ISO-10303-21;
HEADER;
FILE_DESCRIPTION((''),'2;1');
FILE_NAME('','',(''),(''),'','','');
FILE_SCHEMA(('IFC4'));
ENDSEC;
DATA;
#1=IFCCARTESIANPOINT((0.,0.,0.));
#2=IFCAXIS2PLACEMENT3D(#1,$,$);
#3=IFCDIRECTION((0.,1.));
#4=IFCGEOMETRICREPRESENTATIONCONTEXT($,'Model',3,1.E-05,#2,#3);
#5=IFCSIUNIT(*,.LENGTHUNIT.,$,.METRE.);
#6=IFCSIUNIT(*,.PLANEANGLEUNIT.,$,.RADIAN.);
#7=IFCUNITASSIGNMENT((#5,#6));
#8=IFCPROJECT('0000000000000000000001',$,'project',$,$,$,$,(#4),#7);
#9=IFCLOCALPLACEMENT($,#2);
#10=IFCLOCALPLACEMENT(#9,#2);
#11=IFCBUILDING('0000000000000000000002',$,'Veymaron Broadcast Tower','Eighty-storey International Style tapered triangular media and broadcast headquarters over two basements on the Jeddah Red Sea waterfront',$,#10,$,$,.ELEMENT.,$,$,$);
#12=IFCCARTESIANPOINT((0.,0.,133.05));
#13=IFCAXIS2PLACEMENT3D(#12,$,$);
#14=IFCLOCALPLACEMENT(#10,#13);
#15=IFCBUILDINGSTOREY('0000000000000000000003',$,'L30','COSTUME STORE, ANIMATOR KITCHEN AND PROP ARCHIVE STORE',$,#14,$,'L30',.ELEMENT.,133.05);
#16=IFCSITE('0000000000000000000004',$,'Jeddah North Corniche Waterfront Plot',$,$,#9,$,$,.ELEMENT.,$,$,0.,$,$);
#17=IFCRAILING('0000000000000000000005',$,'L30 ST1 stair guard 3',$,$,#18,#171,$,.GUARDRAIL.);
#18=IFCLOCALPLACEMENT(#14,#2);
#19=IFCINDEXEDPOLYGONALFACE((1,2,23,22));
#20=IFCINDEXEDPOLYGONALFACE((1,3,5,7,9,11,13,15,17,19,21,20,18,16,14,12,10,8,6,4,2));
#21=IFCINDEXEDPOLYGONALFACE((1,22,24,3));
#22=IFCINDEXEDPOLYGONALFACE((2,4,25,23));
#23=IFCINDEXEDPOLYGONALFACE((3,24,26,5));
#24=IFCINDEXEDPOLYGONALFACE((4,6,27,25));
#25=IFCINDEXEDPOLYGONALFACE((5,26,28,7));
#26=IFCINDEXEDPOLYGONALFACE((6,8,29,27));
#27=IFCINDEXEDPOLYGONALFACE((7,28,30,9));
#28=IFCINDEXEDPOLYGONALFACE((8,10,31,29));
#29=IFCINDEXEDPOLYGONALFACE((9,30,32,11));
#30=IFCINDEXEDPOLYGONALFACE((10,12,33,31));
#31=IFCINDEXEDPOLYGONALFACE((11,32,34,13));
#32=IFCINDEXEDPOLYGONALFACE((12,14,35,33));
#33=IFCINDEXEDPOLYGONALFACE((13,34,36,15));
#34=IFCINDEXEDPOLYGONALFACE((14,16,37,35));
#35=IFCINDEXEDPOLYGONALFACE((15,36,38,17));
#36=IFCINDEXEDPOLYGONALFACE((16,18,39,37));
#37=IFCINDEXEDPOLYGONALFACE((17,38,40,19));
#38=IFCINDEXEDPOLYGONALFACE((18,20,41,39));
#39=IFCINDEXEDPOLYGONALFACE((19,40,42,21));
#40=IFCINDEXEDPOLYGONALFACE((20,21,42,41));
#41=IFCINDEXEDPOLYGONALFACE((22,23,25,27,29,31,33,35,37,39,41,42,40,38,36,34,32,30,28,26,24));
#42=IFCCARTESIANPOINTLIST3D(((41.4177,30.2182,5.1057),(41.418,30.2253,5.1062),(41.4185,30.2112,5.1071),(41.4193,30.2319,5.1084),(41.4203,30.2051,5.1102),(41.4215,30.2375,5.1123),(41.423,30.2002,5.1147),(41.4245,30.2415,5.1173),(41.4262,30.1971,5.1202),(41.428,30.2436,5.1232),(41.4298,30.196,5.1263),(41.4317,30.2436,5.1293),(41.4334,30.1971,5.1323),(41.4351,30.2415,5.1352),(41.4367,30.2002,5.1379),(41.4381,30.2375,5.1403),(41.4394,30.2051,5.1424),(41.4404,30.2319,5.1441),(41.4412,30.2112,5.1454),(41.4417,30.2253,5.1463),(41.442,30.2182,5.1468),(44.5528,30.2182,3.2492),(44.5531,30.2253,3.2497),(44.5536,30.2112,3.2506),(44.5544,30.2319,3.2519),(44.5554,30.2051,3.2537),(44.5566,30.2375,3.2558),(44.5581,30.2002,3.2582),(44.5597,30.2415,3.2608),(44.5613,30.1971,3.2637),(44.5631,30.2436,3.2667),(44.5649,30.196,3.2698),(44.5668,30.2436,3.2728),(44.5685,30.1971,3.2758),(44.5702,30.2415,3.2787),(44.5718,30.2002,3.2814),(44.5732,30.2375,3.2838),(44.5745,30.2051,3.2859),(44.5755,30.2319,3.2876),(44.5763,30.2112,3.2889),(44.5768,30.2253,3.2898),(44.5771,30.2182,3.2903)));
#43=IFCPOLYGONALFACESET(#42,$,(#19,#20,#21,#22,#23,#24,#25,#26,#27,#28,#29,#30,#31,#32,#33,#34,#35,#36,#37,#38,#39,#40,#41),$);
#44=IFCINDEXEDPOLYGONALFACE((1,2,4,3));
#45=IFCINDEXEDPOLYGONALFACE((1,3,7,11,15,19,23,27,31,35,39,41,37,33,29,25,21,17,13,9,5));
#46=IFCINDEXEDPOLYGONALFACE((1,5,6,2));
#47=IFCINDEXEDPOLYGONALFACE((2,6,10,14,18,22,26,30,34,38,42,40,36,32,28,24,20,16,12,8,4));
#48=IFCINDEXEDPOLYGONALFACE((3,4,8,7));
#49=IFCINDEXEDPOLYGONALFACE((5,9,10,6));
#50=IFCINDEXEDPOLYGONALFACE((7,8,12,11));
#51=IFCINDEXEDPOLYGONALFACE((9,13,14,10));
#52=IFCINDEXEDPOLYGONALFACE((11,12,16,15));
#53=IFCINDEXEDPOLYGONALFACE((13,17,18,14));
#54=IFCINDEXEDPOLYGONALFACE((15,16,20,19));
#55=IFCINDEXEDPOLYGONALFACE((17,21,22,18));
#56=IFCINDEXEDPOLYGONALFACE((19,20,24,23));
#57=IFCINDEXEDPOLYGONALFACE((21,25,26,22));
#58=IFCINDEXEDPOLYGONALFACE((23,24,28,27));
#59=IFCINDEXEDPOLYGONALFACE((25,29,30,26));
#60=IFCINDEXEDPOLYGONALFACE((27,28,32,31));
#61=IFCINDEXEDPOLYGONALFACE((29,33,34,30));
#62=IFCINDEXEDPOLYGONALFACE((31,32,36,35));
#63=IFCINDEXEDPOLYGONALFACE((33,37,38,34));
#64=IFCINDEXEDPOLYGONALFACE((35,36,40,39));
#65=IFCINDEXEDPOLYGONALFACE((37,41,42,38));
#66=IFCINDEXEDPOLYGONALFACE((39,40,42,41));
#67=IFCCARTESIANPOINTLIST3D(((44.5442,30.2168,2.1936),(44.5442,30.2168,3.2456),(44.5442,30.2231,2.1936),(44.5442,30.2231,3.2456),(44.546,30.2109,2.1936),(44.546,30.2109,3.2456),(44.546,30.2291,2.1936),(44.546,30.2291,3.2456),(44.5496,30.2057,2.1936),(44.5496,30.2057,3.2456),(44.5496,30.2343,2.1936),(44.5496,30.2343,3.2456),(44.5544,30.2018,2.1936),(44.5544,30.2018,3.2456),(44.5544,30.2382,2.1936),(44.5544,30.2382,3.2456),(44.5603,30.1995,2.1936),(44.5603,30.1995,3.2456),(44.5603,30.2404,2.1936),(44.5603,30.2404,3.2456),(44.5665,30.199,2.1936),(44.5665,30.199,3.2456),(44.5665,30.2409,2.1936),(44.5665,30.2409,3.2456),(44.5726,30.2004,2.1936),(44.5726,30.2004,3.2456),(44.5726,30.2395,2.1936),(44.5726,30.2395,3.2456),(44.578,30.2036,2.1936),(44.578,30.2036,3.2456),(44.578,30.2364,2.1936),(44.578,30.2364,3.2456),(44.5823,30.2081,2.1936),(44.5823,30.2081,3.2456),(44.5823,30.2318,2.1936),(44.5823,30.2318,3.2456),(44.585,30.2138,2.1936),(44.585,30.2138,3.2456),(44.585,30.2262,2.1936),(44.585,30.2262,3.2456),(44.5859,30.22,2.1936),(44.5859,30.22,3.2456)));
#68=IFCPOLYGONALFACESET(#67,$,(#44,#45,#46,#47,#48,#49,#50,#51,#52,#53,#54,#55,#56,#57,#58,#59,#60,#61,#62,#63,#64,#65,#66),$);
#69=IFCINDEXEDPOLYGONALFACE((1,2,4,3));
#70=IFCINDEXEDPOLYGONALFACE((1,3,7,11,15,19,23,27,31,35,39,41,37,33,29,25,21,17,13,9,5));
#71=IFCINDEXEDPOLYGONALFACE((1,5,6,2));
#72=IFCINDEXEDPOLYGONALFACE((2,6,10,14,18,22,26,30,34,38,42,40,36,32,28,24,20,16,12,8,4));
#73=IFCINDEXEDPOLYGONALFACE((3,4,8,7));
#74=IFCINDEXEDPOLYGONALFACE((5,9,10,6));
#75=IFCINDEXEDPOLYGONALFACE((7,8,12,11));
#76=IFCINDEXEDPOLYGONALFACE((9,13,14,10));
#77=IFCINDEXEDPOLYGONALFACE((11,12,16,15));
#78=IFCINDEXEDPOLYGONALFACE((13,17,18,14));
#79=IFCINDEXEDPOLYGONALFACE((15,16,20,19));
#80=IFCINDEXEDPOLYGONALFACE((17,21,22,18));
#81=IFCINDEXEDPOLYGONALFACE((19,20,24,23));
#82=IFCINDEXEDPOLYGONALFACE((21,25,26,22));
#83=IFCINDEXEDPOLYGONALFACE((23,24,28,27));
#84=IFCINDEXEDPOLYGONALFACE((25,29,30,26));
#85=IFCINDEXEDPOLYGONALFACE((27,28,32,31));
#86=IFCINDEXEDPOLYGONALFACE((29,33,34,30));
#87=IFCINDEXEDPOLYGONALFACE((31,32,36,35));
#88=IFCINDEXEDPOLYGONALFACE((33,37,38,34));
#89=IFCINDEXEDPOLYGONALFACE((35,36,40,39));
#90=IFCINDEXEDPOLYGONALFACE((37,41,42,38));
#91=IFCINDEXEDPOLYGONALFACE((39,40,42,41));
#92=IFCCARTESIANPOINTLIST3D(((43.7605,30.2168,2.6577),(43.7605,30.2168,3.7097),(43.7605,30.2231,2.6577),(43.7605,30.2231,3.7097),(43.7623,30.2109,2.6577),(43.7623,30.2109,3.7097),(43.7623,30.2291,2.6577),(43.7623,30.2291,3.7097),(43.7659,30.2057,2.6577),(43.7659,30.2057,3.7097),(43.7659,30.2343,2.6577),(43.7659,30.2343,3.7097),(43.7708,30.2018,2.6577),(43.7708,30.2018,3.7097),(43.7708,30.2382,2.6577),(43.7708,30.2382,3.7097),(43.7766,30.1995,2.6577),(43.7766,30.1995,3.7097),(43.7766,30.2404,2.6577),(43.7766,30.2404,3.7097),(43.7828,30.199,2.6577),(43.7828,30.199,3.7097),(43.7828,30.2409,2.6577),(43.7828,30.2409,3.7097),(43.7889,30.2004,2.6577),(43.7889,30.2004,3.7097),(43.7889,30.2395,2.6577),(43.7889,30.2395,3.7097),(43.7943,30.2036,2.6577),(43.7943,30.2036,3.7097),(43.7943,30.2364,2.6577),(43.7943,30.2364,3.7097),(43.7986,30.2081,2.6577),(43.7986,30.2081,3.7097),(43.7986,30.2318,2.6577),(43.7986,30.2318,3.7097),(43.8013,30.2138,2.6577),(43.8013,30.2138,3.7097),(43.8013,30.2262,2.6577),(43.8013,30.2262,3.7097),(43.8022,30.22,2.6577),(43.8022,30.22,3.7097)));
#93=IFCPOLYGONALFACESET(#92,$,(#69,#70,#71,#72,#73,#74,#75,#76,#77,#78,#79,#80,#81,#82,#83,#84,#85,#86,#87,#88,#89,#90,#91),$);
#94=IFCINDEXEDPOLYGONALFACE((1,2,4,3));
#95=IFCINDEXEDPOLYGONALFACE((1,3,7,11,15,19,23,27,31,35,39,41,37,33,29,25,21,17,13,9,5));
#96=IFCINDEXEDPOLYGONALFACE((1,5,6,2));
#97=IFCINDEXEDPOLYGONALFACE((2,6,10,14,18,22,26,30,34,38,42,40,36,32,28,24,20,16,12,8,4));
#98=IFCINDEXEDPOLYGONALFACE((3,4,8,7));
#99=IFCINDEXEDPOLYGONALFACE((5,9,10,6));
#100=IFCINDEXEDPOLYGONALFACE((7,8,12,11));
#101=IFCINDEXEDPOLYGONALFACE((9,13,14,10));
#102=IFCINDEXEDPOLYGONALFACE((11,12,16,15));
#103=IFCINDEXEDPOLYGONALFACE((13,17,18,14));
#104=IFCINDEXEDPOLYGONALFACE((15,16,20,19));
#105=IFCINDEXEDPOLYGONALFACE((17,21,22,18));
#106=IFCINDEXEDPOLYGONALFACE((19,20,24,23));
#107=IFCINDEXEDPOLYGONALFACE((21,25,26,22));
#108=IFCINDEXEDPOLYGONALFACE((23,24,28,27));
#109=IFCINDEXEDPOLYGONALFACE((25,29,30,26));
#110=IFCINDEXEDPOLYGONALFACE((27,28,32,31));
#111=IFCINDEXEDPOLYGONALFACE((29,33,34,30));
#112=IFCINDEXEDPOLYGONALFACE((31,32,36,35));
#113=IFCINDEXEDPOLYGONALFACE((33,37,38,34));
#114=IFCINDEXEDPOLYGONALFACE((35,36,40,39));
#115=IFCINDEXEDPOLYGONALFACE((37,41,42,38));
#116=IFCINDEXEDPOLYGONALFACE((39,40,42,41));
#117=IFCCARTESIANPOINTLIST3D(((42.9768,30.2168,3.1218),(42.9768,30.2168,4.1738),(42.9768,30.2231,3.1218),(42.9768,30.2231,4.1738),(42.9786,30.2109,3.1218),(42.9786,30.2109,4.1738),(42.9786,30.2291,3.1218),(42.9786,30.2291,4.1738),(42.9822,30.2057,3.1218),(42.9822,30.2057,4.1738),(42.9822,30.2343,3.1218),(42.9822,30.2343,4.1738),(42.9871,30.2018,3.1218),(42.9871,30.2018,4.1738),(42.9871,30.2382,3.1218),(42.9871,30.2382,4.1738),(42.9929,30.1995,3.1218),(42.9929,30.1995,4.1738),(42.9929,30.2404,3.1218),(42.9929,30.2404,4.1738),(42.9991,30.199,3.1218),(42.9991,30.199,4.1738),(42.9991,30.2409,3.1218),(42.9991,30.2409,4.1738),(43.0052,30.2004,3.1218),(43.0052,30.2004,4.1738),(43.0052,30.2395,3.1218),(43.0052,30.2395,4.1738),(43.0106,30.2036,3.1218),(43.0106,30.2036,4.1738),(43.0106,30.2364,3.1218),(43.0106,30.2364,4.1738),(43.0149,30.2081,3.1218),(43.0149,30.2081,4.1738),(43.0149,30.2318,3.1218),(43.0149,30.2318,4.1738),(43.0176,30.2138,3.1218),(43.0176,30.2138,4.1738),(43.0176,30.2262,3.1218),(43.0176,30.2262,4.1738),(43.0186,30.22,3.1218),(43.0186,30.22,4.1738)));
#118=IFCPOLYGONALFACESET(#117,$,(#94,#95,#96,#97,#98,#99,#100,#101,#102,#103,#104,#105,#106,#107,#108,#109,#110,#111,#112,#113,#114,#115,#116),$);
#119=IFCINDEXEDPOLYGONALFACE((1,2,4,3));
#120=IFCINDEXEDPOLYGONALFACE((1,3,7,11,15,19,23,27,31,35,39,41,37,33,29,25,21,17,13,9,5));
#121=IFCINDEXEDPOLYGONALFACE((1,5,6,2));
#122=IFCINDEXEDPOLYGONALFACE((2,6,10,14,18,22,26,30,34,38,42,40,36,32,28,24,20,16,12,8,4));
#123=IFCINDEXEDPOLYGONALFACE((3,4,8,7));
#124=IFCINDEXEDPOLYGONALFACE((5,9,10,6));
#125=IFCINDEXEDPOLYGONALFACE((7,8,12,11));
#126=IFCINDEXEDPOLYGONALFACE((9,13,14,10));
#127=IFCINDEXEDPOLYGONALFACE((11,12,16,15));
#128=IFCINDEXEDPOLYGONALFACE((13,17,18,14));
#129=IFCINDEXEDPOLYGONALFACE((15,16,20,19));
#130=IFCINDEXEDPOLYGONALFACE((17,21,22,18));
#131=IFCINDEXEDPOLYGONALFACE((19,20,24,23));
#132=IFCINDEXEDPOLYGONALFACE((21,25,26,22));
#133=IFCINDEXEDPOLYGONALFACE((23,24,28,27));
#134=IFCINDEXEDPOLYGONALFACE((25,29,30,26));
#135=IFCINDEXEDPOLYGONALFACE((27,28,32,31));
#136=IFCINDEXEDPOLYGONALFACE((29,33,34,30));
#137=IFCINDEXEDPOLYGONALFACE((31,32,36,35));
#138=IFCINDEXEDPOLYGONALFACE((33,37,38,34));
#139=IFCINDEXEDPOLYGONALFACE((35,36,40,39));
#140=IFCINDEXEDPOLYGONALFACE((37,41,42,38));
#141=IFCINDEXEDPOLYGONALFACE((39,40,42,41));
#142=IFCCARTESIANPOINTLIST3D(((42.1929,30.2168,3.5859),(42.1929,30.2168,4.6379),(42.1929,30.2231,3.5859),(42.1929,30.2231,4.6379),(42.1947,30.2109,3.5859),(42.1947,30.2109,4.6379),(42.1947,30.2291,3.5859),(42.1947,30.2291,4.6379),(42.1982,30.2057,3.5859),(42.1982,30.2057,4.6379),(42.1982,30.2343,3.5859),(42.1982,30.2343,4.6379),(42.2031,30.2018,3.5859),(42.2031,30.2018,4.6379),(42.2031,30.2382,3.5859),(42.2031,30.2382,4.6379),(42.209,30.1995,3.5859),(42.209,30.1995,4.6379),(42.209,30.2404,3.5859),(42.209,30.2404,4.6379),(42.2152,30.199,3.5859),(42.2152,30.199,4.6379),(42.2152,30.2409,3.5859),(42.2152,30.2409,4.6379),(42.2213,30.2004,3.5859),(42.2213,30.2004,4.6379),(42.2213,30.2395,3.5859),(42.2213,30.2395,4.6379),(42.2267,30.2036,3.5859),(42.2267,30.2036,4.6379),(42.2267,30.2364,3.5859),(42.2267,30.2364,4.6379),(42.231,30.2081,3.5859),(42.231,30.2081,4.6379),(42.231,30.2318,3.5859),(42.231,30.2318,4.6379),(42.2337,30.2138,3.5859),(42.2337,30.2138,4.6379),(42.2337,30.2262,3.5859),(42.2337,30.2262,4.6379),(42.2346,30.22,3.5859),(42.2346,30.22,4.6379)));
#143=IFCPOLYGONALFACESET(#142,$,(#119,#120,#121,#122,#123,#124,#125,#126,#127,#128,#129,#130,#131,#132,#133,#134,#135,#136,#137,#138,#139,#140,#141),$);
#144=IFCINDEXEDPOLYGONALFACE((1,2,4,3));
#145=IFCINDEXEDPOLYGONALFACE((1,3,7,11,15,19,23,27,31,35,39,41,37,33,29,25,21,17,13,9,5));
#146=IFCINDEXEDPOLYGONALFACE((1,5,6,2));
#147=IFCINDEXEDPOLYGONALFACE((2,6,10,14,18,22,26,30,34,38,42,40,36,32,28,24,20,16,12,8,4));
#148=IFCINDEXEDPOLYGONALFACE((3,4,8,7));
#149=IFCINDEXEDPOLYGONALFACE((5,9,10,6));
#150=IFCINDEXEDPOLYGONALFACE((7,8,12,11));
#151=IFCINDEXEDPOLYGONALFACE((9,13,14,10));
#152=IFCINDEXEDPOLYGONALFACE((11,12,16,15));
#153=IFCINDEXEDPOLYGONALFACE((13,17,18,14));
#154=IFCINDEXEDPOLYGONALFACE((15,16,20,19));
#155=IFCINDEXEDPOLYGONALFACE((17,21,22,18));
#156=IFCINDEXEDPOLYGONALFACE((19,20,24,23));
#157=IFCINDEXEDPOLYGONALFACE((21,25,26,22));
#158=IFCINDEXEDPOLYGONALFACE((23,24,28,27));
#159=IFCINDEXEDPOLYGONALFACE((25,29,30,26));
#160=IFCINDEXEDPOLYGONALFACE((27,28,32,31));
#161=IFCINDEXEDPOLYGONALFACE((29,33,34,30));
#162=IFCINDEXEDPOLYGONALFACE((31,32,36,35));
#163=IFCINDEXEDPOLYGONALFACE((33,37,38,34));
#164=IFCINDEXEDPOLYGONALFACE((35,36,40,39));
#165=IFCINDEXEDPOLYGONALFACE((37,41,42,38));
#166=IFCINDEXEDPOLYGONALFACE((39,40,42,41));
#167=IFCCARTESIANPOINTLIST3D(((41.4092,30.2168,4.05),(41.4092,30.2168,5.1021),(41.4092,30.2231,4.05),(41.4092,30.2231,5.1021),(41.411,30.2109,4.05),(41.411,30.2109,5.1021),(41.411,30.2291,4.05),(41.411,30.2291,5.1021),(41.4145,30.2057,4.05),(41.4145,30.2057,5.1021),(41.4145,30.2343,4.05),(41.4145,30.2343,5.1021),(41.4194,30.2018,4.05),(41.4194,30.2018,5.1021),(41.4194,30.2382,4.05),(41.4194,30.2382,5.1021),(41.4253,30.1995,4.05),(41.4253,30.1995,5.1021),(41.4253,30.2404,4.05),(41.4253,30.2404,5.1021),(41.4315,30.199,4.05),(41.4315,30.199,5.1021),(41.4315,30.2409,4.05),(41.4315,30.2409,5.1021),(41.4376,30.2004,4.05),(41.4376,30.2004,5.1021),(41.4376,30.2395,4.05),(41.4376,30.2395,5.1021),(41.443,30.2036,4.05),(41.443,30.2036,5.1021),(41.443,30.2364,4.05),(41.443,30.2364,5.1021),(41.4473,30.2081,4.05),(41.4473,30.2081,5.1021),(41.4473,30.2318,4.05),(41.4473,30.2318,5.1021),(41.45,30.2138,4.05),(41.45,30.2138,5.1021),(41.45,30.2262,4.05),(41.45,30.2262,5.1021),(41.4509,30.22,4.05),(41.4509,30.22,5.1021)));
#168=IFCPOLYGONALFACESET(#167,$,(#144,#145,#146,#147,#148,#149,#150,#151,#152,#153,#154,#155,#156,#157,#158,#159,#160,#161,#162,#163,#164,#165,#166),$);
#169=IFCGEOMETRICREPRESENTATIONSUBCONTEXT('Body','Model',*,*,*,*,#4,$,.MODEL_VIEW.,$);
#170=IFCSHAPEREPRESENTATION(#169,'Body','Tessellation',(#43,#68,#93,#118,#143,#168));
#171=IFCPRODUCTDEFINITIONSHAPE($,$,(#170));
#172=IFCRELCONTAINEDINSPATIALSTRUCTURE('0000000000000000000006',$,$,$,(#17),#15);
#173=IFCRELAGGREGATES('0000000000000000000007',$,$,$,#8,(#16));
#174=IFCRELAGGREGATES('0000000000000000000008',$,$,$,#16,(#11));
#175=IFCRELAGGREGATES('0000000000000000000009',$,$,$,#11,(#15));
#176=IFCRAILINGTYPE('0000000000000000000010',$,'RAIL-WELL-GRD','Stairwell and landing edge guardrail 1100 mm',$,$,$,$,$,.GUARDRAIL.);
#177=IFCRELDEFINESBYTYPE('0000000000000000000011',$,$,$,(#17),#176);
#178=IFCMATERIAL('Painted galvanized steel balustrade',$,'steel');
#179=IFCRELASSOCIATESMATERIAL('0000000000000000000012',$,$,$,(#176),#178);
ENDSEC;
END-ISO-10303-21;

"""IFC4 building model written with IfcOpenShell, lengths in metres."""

from ifc_helpers import new_model, si_unit, direction, frame, origin, origin_2d, place, context, subcontext, project, spatial, circle, extrude, material, type_object, element, save


model = new_model("IFC4")

# Units and contexts
model_context = context("Model", 3, precision=1e-05, world=origin(), true_north=direction((0.0, 1.0)))
body_context = subcontext(model_context, "Body", "Model", "MODEL_VIEW")
ifc_project = project(units=[si_unit("LENGTHUNIT", "METRE"), si_unit("PLANEANGLEUNIT", "RADIAN")], contexts=[model_context])

# Site, building, storey
site_placement = place(None, origin())
site = spatial("IfcSite", under=ifc_project, at=site_placement, Name="Jeddah North Corniche Waterfront Plot", CompositionType="ELEMENT", RefElevation=0.0)
building_placement = place(site_placement, origin())
building = spatial("IfcBuilding", under=site, at=building_placement, Name="Veymaron Broadcast Tower", Description="Eighty-storey International Style tapered triangular media and broadcast headquarters over two basements on the Jeddah Red Sea waterfront", CompositionType="ELEMENT")
storey_placement = place(building_placement, frame((0.0, 0.0, 133.05)))
storey = spatial("IfcBuildingStorey", under=building, at=storey_placement, Name="L30", Description="COSTUME STORE, ANIMATOR KITCHEN AND PROP ARCHIVE STORE", LongName="L30", CompositionType="ELEMENT", Elevation=133.05)

# Railing
ifc_material_1 = material(Name="Painted galvanized steel balustrade", Category="steel")
railing_type_1 = type_object("IfcRailingType", Name="RAIL-WELL-GRD", Description="Stairwell and landing edge guardrail 1100 mm", PredefinedType="GUARDRAIL", material=ifc_material_1)
railing_1_placement = place(storey_placement, frame((44.5649, 30.22, 2.1936)))
element("IfcRailing", 1, at=railing_1_placement, inside=storey, type_object=railing_type_1, Name="L30 ST1 stair guard 3", PredefinedType="GUARDRAIL", context=body_context, shape_type="SweptSolid", body=[
    extrude(circle(Radius=0.0239, at=origin_2d()), frame((0.0, 0.0, 1.0762), z_axis=(-0.860453, 0.0, 0.509531), x_axis=(0.0, -1.0, 0.0)), (0.0, 0.0, 1.0), 3.6436),
    extrude(circle(Radius=0.021, at=origin_2d()), origin(), (0.0, 0.0, 1.0), 1.052),
    extrude(circle(Radius=0.021, at=origin_2d()), frame((-0.7837, 0.0, 0.4641)), (0.0, 0.0, 1.0), 1.052),
    extrude(circle(Radius=0.021, at=origin_2d()), frame((-1.5674, 0.0, 0.9282)), (0.0, 0.0, 1.0), 1.052),
    extrude(circle(Radius=0.021, at=origin_2d()), frame((-2.3513, 0.0, 1.3923)), (0.0, 0.0, 1.0), 1.052),
    extrude(circle(Radius=0.021, at=origin_2d()), frame((-3.135, 0.0, 1.8564)), (0.0, 0.0, 1.0), 1.052),
])

save(model, "model.ifc")
